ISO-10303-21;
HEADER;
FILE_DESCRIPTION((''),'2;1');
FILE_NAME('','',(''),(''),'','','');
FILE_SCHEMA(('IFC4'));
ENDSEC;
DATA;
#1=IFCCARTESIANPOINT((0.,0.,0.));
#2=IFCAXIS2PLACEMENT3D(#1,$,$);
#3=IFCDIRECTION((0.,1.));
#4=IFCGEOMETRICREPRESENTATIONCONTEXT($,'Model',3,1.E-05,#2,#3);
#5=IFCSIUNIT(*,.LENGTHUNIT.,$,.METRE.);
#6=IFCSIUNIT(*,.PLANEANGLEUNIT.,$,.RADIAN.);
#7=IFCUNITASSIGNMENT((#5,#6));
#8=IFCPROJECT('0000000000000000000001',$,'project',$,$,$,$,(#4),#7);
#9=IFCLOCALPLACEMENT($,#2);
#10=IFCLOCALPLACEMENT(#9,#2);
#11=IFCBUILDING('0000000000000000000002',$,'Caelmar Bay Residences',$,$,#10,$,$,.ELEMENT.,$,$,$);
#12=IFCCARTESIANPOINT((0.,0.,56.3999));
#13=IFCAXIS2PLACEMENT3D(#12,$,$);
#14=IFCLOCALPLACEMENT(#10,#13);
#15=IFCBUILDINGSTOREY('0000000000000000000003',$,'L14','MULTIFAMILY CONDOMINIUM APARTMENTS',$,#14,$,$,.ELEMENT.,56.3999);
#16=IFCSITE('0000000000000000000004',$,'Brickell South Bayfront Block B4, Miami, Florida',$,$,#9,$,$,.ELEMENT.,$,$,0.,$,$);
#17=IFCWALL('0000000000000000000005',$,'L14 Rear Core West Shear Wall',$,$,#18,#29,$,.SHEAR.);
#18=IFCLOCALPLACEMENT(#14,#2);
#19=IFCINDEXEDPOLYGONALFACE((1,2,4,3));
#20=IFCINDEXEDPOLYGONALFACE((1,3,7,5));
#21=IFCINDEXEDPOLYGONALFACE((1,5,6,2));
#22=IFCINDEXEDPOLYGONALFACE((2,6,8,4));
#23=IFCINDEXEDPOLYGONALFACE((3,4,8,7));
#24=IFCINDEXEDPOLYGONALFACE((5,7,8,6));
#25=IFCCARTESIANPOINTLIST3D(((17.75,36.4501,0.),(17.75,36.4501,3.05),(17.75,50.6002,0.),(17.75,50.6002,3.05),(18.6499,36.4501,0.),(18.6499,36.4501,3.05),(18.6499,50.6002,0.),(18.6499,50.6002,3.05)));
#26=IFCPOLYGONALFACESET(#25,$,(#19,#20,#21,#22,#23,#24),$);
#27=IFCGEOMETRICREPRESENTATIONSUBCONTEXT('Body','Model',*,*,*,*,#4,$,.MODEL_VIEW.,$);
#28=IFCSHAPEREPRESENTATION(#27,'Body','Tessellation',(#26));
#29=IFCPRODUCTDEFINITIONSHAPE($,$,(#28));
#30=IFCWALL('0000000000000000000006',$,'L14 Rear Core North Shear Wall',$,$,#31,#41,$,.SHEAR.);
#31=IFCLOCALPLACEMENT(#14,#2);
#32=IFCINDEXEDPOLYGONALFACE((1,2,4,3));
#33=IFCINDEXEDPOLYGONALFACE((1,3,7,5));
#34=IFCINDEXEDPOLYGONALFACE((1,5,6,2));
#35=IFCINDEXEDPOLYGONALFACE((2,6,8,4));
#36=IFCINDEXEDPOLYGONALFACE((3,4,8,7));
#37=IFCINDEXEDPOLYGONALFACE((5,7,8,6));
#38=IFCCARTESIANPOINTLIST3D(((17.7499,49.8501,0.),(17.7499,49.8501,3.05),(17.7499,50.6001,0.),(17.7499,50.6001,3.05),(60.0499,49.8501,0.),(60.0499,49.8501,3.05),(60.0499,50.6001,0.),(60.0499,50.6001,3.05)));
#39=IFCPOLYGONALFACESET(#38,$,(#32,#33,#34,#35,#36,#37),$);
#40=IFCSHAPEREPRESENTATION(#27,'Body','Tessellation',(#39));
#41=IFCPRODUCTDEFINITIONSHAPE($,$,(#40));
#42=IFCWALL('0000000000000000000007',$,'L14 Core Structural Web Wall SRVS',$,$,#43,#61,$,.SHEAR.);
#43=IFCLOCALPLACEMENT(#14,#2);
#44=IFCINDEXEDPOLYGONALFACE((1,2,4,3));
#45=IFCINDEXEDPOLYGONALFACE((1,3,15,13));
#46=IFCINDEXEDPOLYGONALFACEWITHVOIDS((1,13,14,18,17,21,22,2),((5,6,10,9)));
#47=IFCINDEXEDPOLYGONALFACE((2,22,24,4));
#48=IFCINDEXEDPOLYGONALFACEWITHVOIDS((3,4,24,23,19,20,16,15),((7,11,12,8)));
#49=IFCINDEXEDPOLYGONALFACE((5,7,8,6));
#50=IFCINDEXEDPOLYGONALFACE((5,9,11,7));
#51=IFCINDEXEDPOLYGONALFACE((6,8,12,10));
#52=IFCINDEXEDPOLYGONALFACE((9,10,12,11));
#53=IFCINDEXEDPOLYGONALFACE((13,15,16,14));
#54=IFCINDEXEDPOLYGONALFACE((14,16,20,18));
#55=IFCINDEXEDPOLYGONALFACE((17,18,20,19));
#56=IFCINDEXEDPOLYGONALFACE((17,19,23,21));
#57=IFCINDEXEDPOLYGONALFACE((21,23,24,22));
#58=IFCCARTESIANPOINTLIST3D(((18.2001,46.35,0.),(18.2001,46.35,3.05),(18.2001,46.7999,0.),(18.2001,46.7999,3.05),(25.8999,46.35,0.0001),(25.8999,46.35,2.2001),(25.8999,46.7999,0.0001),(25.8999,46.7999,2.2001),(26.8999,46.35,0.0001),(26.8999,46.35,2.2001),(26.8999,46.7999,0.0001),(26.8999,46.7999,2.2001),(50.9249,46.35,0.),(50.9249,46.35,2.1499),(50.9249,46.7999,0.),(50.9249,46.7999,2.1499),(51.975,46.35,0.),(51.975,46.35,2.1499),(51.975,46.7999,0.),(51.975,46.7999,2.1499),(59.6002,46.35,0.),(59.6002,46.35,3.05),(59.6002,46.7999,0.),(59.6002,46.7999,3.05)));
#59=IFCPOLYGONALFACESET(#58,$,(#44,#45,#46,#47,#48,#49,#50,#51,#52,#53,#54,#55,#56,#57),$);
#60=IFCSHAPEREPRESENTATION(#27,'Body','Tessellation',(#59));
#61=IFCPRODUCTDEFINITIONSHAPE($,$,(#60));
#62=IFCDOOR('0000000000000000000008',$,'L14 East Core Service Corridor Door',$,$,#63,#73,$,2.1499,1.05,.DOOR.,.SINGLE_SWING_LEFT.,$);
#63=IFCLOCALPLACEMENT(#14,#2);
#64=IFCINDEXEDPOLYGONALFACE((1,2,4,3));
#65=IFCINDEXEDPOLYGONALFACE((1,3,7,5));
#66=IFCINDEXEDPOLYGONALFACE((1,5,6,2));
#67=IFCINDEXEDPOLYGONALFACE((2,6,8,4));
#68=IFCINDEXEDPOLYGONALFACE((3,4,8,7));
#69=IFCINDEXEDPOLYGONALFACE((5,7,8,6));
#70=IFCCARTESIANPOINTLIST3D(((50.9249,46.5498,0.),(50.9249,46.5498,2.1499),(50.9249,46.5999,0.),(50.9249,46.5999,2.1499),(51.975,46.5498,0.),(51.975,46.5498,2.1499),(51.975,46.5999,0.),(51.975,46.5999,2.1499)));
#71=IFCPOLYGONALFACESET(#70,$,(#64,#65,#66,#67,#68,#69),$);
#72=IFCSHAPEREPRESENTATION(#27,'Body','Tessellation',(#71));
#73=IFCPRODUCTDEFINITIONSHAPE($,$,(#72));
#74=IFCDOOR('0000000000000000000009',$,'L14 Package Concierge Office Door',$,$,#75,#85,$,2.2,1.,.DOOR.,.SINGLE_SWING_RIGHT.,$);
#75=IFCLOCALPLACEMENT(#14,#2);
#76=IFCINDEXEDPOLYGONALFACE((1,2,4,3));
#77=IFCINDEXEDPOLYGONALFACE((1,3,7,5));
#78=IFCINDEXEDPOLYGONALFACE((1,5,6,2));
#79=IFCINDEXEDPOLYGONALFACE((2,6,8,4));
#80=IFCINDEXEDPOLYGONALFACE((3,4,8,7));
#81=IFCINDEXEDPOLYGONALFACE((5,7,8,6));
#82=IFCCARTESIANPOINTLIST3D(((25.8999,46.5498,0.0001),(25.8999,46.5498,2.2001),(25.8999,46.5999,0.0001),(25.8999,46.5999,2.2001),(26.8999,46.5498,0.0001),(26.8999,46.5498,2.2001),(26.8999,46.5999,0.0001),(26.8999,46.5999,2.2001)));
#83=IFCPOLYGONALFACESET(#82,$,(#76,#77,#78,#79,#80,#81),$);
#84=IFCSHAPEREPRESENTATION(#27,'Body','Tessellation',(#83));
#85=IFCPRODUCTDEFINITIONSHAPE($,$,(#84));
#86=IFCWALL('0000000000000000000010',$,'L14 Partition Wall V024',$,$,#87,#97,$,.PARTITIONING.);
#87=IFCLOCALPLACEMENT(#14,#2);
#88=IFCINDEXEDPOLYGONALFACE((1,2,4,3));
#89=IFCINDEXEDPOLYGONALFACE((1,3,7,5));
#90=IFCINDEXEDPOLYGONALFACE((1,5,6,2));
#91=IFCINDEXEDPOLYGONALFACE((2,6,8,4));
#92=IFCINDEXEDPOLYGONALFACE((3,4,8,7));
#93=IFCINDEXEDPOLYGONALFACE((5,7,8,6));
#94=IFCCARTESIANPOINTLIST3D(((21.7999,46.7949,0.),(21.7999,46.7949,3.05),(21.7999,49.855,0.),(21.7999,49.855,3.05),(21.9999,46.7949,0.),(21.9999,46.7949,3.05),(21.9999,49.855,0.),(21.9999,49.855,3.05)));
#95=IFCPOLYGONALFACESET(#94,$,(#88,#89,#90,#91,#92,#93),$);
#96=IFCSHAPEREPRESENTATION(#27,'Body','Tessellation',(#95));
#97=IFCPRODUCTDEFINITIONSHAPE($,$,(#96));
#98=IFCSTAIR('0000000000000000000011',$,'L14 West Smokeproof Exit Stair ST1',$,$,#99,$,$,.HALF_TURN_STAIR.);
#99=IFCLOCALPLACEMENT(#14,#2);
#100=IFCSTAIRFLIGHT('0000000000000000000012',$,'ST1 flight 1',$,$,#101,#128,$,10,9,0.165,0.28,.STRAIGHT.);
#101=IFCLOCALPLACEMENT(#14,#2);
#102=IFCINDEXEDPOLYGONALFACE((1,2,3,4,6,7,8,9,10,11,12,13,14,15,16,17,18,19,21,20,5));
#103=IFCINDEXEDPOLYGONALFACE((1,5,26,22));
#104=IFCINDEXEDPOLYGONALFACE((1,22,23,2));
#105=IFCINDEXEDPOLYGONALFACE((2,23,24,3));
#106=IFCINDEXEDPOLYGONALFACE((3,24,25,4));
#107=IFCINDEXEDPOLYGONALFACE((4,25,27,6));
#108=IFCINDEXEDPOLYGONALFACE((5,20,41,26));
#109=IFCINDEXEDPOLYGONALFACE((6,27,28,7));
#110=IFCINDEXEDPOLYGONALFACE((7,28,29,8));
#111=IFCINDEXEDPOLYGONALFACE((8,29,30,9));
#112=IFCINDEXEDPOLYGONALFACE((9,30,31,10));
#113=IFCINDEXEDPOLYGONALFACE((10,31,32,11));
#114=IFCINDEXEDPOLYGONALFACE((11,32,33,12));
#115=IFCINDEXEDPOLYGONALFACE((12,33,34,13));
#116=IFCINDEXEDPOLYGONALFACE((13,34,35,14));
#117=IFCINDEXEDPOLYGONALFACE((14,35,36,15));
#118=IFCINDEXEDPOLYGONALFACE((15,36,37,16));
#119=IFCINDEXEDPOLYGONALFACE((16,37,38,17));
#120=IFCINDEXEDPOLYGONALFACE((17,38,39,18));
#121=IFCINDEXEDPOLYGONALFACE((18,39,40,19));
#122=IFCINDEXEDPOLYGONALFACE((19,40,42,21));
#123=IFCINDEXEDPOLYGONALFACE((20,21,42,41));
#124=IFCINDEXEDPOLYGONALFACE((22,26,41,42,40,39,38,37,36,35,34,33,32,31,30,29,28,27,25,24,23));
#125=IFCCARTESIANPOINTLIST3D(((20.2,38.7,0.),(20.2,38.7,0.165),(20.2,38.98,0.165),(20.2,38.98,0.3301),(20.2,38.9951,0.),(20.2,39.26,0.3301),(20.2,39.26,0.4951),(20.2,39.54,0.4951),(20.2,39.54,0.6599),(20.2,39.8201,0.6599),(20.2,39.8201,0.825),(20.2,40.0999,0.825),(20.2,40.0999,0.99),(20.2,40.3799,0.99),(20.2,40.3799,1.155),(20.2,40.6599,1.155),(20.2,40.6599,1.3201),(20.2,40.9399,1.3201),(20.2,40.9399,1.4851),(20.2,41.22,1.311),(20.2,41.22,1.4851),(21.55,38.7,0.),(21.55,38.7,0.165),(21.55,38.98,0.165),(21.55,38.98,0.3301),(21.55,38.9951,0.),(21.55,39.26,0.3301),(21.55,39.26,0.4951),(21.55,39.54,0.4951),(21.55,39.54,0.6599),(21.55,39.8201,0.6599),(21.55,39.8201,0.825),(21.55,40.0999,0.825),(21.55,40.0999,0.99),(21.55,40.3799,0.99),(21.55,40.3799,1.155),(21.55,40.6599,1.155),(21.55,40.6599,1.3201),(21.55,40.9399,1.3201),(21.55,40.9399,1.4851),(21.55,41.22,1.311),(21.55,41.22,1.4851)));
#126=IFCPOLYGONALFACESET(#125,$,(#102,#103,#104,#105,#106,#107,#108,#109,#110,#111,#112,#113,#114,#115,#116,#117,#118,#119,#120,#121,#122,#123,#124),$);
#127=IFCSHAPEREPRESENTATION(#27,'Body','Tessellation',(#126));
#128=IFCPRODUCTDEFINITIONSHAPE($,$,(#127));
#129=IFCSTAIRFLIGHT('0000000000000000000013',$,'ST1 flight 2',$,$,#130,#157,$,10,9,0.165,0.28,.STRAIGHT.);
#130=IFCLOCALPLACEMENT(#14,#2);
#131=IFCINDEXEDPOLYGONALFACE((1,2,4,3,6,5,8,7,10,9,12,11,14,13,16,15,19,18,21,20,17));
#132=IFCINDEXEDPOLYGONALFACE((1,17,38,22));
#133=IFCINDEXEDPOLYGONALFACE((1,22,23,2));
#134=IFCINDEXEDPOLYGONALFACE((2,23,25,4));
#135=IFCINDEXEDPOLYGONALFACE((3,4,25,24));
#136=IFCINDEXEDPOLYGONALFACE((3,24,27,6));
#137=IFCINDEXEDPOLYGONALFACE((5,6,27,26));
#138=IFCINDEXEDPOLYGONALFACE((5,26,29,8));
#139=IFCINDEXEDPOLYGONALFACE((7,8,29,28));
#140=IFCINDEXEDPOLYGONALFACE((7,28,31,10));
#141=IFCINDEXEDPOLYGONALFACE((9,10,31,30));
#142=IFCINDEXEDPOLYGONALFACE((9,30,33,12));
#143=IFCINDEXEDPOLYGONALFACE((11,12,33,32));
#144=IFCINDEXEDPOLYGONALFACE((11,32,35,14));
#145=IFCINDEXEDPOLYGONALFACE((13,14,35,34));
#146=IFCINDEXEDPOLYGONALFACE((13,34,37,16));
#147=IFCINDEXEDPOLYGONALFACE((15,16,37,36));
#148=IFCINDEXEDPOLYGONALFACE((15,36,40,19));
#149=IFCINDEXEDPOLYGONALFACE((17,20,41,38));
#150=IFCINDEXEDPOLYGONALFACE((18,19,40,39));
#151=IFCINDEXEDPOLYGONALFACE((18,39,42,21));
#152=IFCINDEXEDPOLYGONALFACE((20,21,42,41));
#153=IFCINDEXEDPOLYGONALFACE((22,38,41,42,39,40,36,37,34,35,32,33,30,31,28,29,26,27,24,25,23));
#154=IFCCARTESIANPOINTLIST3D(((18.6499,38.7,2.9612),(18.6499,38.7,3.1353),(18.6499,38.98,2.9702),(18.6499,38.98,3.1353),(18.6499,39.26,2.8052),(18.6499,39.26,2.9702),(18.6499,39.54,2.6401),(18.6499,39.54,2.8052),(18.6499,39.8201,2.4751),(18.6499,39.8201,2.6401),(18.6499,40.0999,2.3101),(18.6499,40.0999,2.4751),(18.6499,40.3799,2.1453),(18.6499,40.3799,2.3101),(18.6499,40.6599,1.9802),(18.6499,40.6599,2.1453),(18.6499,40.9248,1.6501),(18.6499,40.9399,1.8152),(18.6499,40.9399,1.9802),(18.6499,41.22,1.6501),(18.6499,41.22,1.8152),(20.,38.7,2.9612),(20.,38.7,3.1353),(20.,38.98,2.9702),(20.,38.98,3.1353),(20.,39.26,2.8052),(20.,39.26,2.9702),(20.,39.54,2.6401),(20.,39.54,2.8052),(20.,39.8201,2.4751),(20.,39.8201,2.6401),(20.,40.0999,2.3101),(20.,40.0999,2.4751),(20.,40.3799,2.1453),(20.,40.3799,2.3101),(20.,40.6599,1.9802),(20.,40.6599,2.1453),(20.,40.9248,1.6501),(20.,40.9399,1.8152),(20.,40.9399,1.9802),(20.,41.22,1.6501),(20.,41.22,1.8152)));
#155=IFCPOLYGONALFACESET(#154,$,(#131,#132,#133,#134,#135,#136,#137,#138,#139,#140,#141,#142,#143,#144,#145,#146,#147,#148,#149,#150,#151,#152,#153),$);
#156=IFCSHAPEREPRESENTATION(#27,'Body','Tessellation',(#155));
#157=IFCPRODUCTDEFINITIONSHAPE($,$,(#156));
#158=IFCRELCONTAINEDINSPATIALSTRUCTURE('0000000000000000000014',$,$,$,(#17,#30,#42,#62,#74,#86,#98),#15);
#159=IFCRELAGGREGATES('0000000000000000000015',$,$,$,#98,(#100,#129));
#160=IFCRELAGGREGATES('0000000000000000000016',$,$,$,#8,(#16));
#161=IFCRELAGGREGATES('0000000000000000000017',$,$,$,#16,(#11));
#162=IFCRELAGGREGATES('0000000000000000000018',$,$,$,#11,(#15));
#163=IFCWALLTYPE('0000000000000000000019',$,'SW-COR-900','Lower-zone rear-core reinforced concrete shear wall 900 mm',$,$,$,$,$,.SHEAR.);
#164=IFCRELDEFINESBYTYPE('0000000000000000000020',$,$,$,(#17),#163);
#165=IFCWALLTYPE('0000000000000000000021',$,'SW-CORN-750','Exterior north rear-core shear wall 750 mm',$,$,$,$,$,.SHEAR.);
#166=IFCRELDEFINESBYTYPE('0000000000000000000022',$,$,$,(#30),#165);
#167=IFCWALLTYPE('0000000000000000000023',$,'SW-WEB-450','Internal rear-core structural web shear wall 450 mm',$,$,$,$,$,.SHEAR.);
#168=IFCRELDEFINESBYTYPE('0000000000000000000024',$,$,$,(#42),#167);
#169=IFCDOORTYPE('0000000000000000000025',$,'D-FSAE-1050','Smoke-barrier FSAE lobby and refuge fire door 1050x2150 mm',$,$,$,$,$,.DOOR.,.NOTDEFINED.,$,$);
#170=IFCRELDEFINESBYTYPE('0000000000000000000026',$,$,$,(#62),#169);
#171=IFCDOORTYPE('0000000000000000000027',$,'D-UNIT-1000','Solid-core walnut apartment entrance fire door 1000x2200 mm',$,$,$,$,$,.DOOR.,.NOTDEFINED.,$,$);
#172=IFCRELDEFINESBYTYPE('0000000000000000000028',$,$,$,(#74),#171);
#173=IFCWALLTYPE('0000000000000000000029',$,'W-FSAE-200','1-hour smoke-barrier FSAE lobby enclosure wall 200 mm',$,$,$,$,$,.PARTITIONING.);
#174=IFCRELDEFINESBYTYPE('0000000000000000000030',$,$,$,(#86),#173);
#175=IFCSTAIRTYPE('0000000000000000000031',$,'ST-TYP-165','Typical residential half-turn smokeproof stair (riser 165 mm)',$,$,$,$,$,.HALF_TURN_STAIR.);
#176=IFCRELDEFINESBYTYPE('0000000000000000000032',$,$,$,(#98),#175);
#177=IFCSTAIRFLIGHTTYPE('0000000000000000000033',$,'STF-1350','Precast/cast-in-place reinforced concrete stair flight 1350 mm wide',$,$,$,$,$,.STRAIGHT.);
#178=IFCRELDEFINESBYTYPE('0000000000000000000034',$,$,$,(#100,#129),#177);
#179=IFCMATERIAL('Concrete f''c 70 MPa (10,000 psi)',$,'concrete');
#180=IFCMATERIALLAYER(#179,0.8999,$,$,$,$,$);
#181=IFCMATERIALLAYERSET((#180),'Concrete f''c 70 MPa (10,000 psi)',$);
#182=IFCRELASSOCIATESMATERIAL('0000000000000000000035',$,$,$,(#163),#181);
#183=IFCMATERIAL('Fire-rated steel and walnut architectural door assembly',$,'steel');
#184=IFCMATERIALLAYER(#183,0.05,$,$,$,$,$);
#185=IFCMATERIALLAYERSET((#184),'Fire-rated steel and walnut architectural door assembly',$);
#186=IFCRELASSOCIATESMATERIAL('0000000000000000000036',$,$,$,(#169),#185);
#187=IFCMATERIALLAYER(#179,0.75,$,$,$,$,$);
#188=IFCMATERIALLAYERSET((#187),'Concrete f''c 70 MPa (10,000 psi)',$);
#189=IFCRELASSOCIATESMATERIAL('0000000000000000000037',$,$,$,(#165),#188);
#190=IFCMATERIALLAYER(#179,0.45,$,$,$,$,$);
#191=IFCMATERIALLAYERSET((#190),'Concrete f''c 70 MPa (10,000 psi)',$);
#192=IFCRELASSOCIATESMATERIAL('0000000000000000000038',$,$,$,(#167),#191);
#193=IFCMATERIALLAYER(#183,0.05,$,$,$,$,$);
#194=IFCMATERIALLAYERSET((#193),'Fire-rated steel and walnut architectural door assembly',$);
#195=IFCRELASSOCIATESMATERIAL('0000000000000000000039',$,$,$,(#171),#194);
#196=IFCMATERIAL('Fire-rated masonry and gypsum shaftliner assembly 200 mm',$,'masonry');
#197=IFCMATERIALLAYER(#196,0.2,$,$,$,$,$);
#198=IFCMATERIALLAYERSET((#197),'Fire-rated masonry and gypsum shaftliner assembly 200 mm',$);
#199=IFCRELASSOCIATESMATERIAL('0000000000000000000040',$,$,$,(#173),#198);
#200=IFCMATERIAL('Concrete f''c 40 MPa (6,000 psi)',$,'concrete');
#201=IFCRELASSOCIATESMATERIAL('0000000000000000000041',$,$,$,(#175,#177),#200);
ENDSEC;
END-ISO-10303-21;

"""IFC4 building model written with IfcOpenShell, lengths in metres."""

from ifc_helpers import new_model, si_unit, direction, frame, frame_2d, origin, place, context, subcontext, project, spatial, polyline, rectangle, outline, extrude, material, layer, layer_set, type_object, element, fill, aggregate, save


model = new_model("IFC4")

# Units and contexts
model_context = context("Model", 3, precision=1e-05, world=origin(), true_north=direction((0.0, 1.0)))
body_context = subcontext(model_context, "Body", "Model", "MODEL_VIEW")
ifc_project = project(units=[si_unit("LENGTHUNIT", "METRE"), si_unit("PLANEANGLEUNIT", "RADIAN")], contexts=[model_context])

# Site, building, storey
site_placement = place(None, origin())
site = spatial("IfcSite", under=ifc_project, at=site_placement, Name="Brickell South Bayfront Block B4, Miami, Florida", CompositionType="ELEMENT", RefElevation=0.0)
building_placement = place(site_placement, origin())
building = spatial("IfcBuilding", under=site, at=building_placement, Name="Caelmar Bay Residences", CompositionType="ELEMENT")
storey_placement = place(building_placement, frame((0.0, 0.0, 56.3999)))
storey = spatial("IfcBuildingStorey", under=building, at=storey_placement, Name="L14", Description="MULTIFAMILY CONDOMINIUM APARTMENTS", CompositionType="ELEMENT", Elevation=56.3999)

# Shared definitions
ifc_material_1 = material(Name="Fire-rated steel and walnut architectural door assembly", Category="steel")

# Shared definitions
ifc_material_2 = material(Name="Concrete f'c 70 MPa (10,000 psi)", Category="concrete")
ifc_layer_1 = layer(ifc_material_2, 0.8999)
ifc_layer_set_1 = layer_set([ifc_layer_1], Name="Concrete f'c 70 MPa (10,000 psi)")
wall_type_1 = type_object("IfcWallType", Name="SW-COR-900", Description="Lower-zone rear-core reinforced concrete shear wall 900 mm", PredefinedType="SHEAR", material=ifc_layer_set_1)
ifc_layer_2 = layer(ifc_material_1, 0.05)
ifc_layer_set_2 = layer_set([ifc_layer_2], Name="Fire-rated steel and walnut architectural door assembly")
door_type_1 = type_object("IfcDoorType", Name="D-FSAE-1050", Description="Smoke-barrier FSAE lobby and refuge fire door 1050x2150 mm", OperationType="NOTDEFINED", PredefinedType="DOOR", material=ifc_layer_set_2)

# Walls
wall_1_placement = place(storey_placement, frame((18.2, 36.45, 0.0), z_axis=(0.0, 0.0, 1.0), x_axis=(0.0, 1.0, 0.0)))
element("IfcWall", 1, at=wall_1_placement, inside=storey, type_object=wall_type_1, Name="L14 Rear Core West Shear Wall", PredefinedType="SHEAR", context=body_context, shape_type="SweptSolid", body=[
    extrude(rectangle(XDim=14.1501, YDim=0.8999, at=frame_2d((7.0752, 0.0))), origin(), (0.0, 0.0, 1.0), 3.05),
])
ifc_layer_3 = layer(ifc_material_2, 0.75)
ifc_layer_set_3 = layer_set([ifc_layer_3], Name="Concrete f'c 70 MPa (10,000 psi)")
wall_type_2 = type_object("IfcWallType", Name="SW-CORN-750", Description="Exterior north rear-core shear wall 750 mm", PredefinedType="SHEAR", material=ifc_layer_set_3)
wall_2_placement = place(storey_placement, frame((17.75, 50.2251, 0.0), z_axis=(0.0, 0.0, 1.0), x_axis=(1.0, 0.0, 0.0)))
element("IfcWall", 2, at=wall_2_placement, inside=storey, type_object=wall_type_2, Name="L14 Rear Core North Shear Wall", PredefinedType="SHEAR", context=body_context, shape_type="SweptSolid", body=[
    extrude(rectangle(XDim=42.3, YDim=0.75, at=frame_2d((21.1499, 0.0))), origin(), (0.0, 0.0, 1.0), 3.05),
])

# Wall, openings, doors
ifc_layer_4 = layer(ifc_material_2, 0.45)
ifc_layer_set_4 = layer_set([ifc_layer_4], Name="Concrete f'c 70 MPa (10,000 psi)")
wall_type_3 = type_object("IfcWallType", Name="SW-WEB-450", Description="Internal rear-core structural web shear wall 450 mm", PredefinedType="SHEAR", material=ifc_layer_set_4)
wall_3_placement = place(storey_placement, frame((18.2, 46.575, 0.0), z_axis=(0.0, 0.0, 1.0), x_axis=(1.0, 0.0, 0.0)))
wall_3 = element("IfcWall", 3, at=wall_3_placement, inside=storey, type_object=wall_type_3, Name="L14 Core Structural Web Wall SRVS", PredefinedType="SHEAR", context=body_context, shape_type="SweptSolid", body=[
    extrude(rectangle(XDim=41.4001, YDim=0.45, at=frame_2d((20.7002, 0.0))), origin(), (0.0, 0.0, 1.0), 3.05),
])
opening_1_placement = place(wall_3_placement, frame((7.7, 0.0, 0.0)))
opening_1 = element("IfcOpeningElement", 4, at=opening_1_placement, cuts=wall_3, PredefinedType="OPENING", context=body_context, shape_type="SweptSolid", body=[
    extrude(rectangle(XDim=1.0, YDim=2.2, at=frame_2d((0.5, 1.1001))), frame((0.0, 0.2349, 0.0), z_axis=(0.0, -1.0, 0.0), x_axis=(1.0, 0.0, 0.0)), (0.0, 0.0, 1.0), 0.47),
])
opening_2_placement = place(wall_3_placement, frame((32.7251, 0.0, 0.0)))
opening_2 = element("IfcOpeningElement", 5, at=opening_2_placement, cuts=wall_3, PredefinedType="OPENING", context=body_context, shape_type="SweptSolid", body=[
    extrude(rectangle(XDim=1.05, YDim=2.1499, at=frame_2d((0.5249, 1.075))), frame((0.0, 0.2349, 0.0), z_axis=(0.0, -1.0, 0.0), x_axis=(1.0, 0.0, 0.0)), (0.0, 0.0, 1.0), 0.47),
])
door_1_placement = place(opening_2_placement, origin())
door_1 = element("IfcDoor", 6, at=door_1_placement, inside=storey, type_object=door_type_1, Name="L14 East Core Service Corridor Door", OperationType="SINGLE_SWING_LEFT", OverallHeight=2.1499, OverallWidth=1.05, PredefinedType="DOOR", context=body_context, shape_type="SweptSolid", body=[
    extrude(rectangle(XDim=1.05, YDim=2.1499, at=frame_2d((0.5249, 1.075))), frame((0.0, 0.0249, 0.0), z_axis=(0.0, -1.0, 0.0), x_axis=(1.0, 0.0, 0.0)), (0.0, 0.0, 1.0), 0.05),
])
fill(opening_2, door_1)
ifc_layer_5 = layer(ifc_material_1, 0.05)
ifc_layer_set_5 = layer_set([ifc_layer_5], Name="Fire-rated steel and walnut architectural door assembly")
door_type_2 = type_object("IfcDoorType", Name="D-UNIT-1000", Description="Solid-core walnut apartment entrance fire door 1000x2200 mm", OperationType="NOTDEFINED", PredefinedType="DOOR", material=ifc_layer_set_5)
door_2_placement = place(opening_1_placement, origin())
door_2 = element("IfcDoor", 7, at=door_2_placement, inside=storey, type_object=door_type_2, Name="L14 Package Concierge Office Door", OperationType="SINGLE_SWING_RIGHT", OverallHeight=2.2, OverallWidth=1.0, PredefinedType="DOOR", context=body_context, shape_type="SweptSolid", body=[
    extrude(rectangle(XDim=1.0, YDim=2.2, at=frame_2d((0.5, 1.1001))), frame((0.0, 0.0249, 0.0), z_axis=(0.0, -1.0, 0.0), x_axis=(1.0, 0.0, 0.0)), (0.0, 0.0, 1.0), 0.05),
])
fill(opening_1, door_2)

# Wall
ifc_material_3 = material(Name="Fire-rated masonry and gypsum shaftliner assembly 200 mm", Category="masonry")
ifc_layer_6 = layer(ifc_material_3, 0.2)
ifc_layer_set_6 = layer_set([ifc_layer_6], Name="Fire-rated masonry and gypsum shaftliner assembly 200 mm")
wall_type_4 = type_object("IfcWallType", Name="W-FSAE-200", Description="1-hour smoke-barrier FSAE lobby enclosure wall 200 mm", PredefinedType="PARTITIONING", material=ifc_layer_set_6)
wall_4_placement = place(storey_placement, frame((21.8999, 46.7949, 0.0), z_axis=(0.0, 0.0, 1.0), x_axis=(0.0, 1.0, 0.0)))
element("IfcWall", 8, at=wall_4_placement, inside=storey, type_object=wall_type_4, Name="L14 Partition Wall V024", PredefinedType="PARTITIONING", context=body_context, shape_type="SweptSolid", body=[
    extrude(rectangle(XDim=3.0601, YDim=0.2, at=frame_2d((1.53, 0.0))), origin(), (0.0, 0.0, 1.0), 3.05),
])

# Stair, stair flights
ifc_material_4 = material(Name="Concrete f'c 40 MPa (6,000 psi)", Category="concrete")
stair_type = type_object("IfcStairType", Name="ST-TYP-165", Description="Typical residential half-turn smokeproof stair (riser 165 mm)", PredefinedType="HALF_TURN_STAIR", material=ifc_material_4)
stair_placement = place(storey_placement, origin())
stair = element("IfcStair", 9, at=stair_placement, inside=storey, type_object=stair_type, Name="L14 West Smokeproof Exit Stair ST1", PredefinedType="HALF_TURN_STAIR")
stair_flight_type = type_object("IfcStairFlightType", Name="STF-1350", Description="Precast/cast-in-place reinforced concrete stair flight 1350 mm wide", PredefinedType="STRAIGHT", material=ifc_material_4)
stair_flight_1_placement = place(storey_placement, frame((20.875, 38.7, 0.0), z_axis=(0.0, 0.0, 1.0), x_axis=(0.0, 1.0, 0.0)))
stair_flight_1 = element("IfcStairFlight", 10, at=stair_flight_1_placement, type_object=stair_flight_type, Name="ST1 flight 1", NumberOfRisers=10, NumberOfTreads=9, PredefinedType="STRAIGHT", RiserHeight=0.165, TreadLength=0.28, context=body_context, shape_type="SweptSolid", body=[
    extrude(outline(polyline([(0.0, 0.0), (0.0, 0.165), (0.28, 0.165), (0.28, 0.3301), (0.5601, 0.3301), (0.5601, 0.4951), (0.8401, 0.4951), (0.8401, 0.6599), (1.1201, 0.6599), (1.1201, 0.825), (1.3999, 0.825), (1.3999, 0.99), (1.6799, 0.99), (1.6799, 1.155), (1.96, 1.155), (1.96, 1.3201), (2.24, 1.3201), (2.24, 1.4851), (2.52, 1.4851), (2.52, 1.6499), (2.52, 1.311), (0.2952, 0.0), (0.0, 0.0)])), frame((0.0, 0.675, 0.0), z_axis=(0.0, -1.0, 0.0), x_axis=(1.0, 0.0, 0.0)), (0.0, 0.0, 1.0), 1.3501),
])
stair_flight_2_placement = place(storey_placement, frame((19.325, 41.22, 1.6501), z_axis=(0.0, 0.0, 1.0), x_axis=(0.0, -1.0, 0.0)))
stair_flight_2 = element("IfcStairFlight", 11, at=stair_flight_2_placement, type_object=stair_flight_type, Name="ST1 flight 2", NumberOfRisers=10, NumberOfTreads=9, PredefinedType="STRAIGHT", RiserHeight=0.165, TreadLength=0.28, context=body_context, shape_type="SweptSolid", body=[
    extrude(outline(polyline([(0.0, 0.0), (0.0, 0.165), (0.28, 0.165), (0.28, 0.3301), (0.5601, 0.3301), (0.5601, 0.4951), (0.8401, 0.4951), (0.8401, 0.6599), (1.1201, 0.6599), (1.1201, 0.825), (1.3999, 0.825), (1.3999, 0.99), (1.6799, 0.99), (1.6799, 1.155), (1.96, 1.155), (1.96, 1.3201), (2.24, 1.3201), (2.24, 1.4851), (2.52, 1.4851), (2.52, 1.6499), (2.52, 1.311), (0.2952, 0.0), (0.0, 0.0)])), frame((0.0, 0.675, 0.0), z_axis=(0.0, -1.0, 0.0), x_axis=(1.0, 0.0, 0.0)), (0.0, 0.0, 1.0), 1.3501),
])
aggregate(stair, [stair_flight_1, stair_flight_2])

save(model, "model.ifc")
